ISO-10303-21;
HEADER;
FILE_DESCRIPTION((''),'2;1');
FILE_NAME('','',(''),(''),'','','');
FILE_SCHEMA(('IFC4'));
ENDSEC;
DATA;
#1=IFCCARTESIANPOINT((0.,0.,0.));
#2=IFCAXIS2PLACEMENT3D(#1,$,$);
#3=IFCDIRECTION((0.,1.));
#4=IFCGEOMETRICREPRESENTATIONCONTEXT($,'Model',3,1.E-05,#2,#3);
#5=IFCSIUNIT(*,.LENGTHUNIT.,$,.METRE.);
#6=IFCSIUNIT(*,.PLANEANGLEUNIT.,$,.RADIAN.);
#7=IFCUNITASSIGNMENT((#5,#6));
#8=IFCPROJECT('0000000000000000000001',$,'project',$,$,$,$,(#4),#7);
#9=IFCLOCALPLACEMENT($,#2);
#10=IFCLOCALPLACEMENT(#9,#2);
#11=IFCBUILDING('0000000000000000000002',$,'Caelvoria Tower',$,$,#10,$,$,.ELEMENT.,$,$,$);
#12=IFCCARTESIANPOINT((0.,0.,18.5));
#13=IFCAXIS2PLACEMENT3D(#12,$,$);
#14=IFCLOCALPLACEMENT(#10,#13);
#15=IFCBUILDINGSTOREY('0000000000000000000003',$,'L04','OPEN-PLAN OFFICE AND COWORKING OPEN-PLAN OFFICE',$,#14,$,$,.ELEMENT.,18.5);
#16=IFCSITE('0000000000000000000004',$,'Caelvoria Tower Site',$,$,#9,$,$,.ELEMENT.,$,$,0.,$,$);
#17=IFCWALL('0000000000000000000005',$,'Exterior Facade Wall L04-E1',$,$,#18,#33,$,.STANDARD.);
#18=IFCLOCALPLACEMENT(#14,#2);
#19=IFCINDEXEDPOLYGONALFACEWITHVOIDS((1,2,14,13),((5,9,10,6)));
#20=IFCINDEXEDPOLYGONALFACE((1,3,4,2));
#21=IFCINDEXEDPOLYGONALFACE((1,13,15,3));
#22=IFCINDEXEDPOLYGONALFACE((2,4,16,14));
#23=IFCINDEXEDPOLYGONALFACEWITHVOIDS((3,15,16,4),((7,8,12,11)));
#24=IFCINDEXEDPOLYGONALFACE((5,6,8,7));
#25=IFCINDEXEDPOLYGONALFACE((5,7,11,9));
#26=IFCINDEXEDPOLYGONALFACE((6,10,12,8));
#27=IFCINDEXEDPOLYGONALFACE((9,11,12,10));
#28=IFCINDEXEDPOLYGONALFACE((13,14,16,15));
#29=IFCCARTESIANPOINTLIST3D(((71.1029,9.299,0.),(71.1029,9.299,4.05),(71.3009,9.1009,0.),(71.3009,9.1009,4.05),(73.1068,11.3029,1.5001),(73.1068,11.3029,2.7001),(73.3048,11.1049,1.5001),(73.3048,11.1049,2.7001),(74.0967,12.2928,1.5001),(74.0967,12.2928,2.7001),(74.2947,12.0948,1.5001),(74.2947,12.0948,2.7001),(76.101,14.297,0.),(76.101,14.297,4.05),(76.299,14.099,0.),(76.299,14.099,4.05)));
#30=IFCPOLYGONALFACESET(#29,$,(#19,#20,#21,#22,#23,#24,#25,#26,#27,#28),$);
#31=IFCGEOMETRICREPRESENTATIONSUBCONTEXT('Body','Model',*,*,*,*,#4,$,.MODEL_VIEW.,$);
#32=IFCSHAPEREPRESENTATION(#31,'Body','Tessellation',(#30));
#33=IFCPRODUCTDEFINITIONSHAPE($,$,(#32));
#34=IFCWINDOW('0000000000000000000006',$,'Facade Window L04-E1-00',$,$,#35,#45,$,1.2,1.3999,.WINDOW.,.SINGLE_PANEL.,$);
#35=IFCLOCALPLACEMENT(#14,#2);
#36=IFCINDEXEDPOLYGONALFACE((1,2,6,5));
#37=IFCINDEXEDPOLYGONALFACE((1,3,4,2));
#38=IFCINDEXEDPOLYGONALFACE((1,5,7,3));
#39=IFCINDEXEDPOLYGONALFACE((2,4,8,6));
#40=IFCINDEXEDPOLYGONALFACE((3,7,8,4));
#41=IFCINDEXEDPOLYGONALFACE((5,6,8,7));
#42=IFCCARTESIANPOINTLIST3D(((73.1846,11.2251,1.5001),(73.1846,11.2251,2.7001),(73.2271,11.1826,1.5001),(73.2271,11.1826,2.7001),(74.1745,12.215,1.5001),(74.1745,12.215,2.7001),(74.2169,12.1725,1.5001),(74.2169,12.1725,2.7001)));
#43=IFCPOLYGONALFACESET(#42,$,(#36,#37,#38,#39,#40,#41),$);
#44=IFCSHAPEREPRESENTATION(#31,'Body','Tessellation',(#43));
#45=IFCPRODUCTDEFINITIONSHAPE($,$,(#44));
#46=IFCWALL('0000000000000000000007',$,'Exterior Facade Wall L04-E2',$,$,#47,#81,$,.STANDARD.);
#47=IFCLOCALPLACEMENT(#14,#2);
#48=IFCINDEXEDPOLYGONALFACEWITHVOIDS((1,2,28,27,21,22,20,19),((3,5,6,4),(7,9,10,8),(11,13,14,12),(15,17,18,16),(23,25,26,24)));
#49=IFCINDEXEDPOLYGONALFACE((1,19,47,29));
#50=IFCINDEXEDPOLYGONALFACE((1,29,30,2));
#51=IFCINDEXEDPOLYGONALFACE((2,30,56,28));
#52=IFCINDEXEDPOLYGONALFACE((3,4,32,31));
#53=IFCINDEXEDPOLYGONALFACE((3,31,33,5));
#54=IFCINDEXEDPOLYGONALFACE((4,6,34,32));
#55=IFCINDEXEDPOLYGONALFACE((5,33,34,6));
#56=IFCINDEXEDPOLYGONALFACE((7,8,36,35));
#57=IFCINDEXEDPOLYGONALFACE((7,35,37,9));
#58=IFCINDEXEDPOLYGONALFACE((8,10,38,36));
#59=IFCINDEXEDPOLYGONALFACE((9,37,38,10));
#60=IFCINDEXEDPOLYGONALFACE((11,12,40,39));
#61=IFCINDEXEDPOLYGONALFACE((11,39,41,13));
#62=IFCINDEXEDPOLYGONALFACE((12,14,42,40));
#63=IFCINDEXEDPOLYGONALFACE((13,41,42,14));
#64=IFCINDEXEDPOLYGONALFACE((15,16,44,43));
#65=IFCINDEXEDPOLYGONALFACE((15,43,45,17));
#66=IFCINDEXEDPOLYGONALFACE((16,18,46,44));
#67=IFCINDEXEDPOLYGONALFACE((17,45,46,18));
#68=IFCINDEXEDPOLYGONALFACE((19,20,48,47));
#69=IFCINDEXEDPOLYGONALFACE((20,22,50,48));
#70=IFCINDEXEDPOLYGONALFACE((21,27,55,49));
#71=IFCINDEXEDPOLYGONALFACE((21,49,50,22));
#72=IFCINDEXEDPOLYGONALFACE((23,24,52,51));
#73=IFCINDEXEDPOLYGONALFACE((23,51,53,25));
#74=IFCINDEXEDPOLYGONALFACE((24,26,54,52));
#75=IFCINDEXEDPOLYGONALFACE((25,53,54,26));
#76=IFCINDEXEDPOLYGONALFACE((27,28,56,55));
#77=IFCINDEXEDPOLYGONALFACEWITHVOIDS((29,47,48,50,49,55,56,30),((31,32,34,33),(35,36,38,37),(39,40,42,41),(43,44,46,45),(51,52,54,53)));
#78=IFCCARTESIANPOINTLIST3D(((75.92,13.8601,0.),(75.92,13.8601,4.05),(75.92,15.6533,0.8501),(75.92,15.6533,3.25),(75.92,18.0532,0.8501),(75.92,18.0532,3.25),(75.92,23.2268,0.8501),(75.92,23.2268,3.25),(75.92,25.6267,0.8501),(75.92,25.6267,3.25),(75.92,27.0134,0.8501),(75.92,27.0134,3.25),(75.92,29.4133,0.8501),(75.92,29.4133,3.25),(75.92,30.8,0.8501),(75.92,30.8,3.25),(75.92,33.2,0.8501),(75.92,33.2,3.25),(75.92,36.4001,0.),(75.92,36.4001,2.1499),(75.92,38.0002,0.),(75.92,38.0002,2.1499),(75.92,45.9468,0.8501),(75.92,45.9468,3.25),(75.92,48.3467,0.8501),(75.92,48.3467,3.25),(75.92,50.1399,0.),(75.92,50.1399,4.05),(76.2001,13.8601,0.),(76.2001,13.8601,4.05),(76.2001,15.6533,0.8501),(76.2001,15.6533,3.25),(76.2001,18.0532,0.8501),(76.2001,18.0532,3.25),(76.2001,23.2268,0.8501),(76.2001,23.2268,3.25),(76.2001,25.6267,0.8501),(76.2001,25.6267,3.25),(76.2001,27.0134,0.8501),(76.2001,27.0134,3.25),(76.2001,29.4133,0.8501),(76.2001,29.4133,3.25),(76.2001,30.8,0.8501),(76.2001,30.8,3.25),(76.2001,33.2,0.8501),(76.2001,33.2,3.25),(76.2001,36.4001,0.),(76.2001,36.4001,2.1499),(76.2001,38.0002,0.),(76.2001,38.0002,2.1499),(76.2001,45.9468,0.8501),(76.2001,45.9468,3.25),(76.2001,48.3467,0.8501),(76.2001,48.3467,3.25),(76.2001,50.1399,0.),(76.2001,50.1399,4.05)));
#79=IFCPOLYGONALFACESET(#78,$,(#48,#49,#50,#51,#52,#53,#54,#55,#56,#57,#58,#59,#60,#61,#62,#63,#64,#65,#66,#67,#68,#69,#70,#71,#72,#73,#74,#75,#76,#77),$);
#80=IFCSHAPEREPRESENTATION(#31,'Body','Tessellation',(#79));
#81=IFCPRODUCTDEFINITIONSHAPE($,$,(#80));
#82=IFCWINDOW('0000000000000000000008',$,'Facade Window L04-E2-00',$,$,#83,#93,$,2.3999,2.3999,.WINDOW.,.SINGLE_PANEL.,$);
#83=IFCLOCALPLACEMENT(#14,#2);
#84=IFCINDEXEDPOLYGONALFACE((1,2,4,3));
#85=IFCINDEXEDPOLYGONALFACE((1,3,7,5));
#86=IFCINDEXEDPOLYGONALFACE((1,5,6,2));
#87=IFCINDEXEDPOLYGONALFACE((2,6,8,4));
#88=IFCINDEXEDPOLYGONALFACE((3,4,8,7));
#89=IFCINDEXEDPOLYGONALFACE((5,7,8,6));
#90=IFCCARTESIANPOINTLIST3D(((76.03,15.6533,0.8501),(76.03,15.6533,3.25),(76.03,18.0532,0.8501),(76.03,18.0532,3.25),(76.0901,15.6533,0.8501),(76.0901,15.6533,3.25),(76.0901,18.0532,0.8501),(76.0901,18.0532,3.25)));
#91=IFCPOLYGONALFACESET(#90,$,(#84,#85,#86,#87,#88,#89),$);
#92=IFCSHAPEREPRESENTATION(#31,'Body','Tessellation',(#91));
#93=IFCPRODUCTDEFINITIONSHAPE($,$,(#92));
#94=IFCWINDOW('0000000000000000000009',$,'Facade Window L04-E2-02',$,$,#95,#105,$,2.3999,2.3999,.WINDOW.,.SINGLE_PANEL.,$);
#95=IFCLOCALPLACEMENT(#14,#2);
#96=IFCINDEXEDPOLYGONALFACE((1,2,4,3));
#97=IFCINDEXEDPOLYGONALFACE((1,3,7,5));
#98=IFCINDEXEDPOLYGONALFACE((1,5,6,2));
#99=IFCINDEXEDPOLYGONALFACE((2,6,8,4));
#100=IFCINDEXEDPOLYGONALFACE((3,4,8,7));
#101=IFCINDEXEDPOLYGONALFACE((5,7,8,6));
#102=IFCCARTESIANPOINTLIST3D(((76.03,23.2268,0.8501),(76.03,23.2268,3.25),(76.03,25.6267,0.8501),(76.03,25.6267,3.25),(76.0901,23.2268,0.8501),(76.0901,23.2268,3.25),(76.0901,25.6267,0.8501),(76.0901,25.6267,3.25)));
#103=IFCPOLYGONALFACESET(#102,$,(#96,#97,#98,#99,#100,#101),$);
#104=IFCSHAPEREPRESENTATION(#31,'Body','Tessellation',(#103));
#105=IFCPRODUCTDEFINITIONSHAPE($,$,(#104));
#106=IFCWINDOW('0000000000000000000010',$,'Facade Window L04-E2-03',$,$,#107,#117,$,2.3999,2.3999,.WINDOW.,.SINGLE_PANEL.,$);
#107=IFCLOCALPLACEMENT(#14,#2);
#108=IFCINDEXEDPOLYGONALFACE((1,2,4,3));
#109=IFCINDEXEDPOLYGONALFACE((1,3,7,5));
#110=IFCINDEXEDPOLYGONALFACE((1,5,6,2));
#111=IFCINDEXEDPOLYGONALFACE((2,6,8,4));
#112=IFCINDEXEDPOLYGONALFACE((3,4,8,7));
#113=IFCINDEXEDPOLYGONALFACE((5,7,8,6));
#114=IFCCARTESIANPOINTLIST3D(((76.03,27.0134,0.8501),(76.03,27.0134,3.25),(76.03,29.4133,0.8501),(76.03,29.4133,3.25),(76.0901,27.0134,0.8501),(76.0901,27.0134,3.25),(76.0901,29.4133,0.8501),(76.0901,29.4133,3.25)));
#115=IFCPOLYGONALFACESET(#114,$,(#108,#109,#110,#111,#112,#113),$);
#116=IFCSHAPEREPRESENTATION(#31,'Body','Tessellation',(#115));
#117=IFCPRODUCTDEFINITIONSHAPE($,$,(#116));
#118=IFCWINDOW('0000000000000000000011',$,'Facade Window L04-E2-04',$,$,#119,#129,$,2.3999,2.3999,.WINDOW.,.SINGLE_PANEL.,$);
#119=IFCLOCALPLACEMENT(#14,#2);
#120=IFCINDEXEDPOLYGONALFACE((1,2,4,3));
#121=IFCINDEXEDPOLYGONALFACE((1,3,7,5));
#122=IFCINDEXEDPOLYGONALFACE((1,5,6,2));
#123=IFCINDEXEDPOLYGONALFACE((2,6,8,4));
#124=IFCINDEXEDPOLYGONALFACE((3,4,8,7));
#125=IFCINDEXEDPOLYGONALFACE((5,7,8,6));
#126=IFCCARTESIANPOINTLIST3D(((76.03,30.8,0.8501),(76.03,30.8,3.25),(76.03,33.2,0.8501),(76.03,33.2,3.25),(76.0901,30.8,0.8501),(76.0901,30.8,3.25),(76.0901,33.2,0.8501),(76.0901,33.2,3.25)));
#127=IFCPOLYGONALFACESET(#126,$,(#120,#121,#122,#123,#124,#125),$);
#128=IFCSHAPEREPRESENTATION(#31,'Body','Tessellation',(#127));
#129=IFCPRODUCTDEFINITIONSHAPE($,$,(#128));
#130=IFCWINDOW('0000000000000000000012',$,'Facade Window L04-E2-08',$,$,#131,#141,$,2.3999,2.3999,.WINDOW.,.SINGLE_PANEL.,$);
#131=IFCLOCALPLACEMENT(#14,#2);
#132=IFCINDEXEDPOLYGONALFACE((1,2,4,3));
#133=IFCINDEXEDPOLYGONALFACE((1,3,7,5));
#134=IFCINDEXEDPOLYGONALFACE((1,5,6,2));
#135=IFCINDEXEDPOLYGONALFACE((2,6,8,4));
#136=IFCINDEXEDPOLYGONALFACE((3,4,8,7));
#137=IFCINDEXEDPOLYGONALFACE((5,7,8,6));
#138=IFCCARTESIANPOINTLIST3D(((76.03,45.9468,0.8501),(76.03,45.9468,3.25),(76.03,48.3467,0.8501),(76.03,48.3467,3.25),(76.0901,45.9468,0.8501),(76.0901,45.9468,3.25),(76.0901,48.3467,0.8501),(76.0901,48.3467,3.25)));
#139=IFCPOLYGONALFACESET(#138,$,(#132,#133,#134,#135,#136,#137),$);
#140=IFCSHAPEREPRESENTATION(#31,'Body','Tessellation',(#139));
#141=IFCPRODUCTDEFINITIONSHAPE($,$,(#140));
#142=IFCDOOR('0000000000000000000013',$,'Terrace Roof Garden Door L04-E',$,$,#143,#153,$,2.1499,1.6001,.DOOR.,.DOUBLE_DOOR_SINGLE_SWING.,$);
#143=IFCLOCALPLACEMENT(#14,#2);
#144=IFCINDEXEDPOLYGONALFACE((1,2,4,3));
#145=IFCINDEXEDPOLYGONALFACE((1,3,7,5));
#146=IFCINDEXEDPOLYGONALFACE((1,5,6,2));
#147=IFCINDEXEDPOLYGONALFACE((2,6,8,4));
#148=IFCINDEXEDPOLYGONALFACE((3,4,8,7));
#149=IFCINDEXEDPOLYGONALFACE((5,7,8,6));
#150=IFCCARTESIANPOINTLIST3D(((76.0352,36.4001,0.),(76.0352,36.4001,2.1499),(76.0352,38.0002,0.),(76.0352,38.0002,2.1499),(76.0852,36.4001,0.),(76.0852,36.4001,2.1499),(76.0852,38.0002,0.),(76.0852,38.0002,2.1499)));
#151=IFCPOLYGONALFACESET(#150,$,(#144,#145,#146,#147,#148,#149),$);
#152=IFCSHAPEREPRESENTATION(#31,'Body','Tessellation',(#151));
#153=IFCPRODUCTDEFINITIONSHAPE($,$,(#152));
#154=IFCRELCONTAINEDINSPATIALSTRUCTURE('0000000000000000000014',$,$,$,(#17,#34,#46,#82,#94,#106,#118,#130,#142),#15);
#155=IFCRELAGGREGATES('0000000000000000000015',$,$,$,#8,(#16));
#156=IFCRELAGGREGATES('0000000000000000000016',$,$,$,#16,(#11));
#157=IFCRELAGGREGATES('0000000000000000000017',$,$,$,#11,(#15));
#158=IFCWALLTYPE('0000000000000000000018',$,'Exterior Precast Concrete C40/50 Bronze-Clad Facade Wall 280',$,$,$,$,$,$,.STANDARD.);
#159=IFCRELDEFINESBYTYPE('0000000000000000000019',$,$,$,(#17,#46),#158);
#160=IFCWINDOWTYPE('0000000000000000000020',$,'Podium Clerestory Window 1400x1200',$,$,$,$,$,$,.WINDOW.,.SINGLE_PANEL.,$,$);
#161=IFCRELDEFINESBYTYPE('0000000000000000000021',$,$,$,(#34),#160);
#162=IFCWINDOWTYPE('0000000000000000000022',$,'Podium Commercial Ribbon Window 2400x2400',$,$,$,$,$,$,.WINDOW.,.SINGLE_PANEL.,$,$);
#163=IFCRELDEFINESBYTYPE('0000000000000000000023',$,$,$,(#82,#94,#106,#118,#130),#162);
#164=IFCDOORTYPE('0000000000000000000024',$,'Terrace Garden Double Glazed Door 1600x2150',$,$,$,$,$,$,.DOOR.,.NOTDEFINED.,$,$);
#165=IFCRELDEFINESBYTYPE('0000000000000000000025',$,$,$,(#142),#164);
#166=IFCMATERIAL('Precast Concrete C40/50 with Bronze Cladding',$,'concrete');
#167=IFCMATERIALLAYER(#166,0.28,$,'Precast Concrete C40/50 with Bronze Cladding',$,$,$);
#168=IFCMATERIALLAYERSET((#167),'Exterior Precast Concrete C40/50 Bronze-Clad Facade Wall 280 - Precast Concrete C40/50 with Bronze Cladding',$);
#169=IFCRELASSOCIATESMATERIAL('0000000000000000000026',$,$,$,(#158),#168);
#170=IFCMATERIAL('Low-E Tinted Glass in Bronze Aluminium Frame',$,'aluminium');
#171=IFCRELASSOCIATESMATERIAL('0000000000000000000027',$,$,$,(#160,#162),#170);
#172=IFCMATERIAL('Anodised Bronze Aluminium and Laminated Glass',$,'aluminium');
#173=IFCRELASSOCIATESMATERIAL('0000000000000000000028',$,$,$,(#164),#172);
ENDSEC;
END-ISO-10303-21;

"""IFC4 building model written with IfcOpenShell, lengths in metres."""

from ifc_helpers import new_model, si_unit, direction, frame, frame_2d, origin, place, context, subcontext, project, spatial, rectangle, extrude, material, layer, layer_set, type_object, element, fill, save


model = new_model("IFC4")

# Units and contexts
model_context = context("Model", 3, precision=1e-05, world=origin(), true_north=direction((0.0, 1.0)))
body_context = subcontext(model_context, "Body", "Model", "MODEL_VIEW")
ifc_project = project(units=[si_unit("LENGTHUNIT", "METRE"), si_unit("PLANEANGLEUNIT", "RADIAN")], contexts=[model_context])

# Site, building, storey
site_placement = place(None, origin())
site = spatial("IfcSite", under=ifc_project, at=site_placement, Name="Caelvoria Tower Site", CompositionType="ELEMENT", RefElevation=0.0)
building_placement = place(site_placement, origin())
building = spatial("IfcBuilding", under=site, at=building_placement, Name="Caelvoria Tower", CompositionType="ELEMENT")
storey_placement = place(building_placement, frame((0.0, 0.0, 18.5)))
storey = spatial("IfcBuildingStorey", under=building, at=storey_placement, Name="L04", Description="OPEN-PLAN OFFICE AND COWORKING OPEN-PLAN OFFICE", CompositionType="ELEMENT", Elevation=18.5)

# Wall, opening, window
ifc_material_1 = material(Name="Precast Concrete C40/50 with Bronze Cladding", Category="concrete")
ifc_layer_1 = layer(ifc_material_1, 0.28, Name="Precast Concrete C40/50 with Bronze Cladding")
ifc_layer_set_1 = layer_set([ifc_layer_1], Name="Exterior Precast Concrete C40/50 Bronze-Clad Facade Wall 280 - Precast Concrete C40/50 with Bronze Cladding")
wall_type_1 = type_object("IfcWallType", Name="Exterior Precast Concrete C40/50 Bronze-Clad Facade Wall 280", PredefinedType="STANDARD", material=ifc_layer_set_1)
wall_1_placement = place(storey_placement, frame((71.2019, 9.2, 0.0), z_axis=(0.0, 0.0, 1.0), x_axis=(0.707107, 0.707107, 0.0)))
wall_1 = element("IfcWall", 1, at=wall_1_placement, inside=storey, type_object=wall_type_1, Name="Exterior Facade Wall L04-E1", PredefinedType="STANDARD", context=body_context, shape_type="SweptSolid", body=[
    extrude(rectangle(XDim=7.0684, YDim=0.28, at=frame_2d((3.5342, 0.0))), origin(), (0.0, 0.0, 1.0), 4.05),
])
opening_1_placement = place(wall_1_placement, frame((2.834, 0.0, 1.5)))
opening_1 = element("IfcOpeningElement", 2, at=opening_1_placement, cuts=wall_1, PredefinedType="OPENING", context=body_context, shape_type="SweptSolid", body=[
    extrude(rectangle(XDim=1.3999, YDim=1.2, at=frame_2d((0.7, 0.6001))), frame((0.0, 0.1499, 0.0), z_axis=(0.0, -1.0, 0.0), x_axis=(1.0, 0.0, 0.0)), (0.0, 0.0, 1.0), 0.3),
])
ifc_material_2 = material(Name="Low-E Tinted Glass in Bronze Aluminium Frame", Category="aluminium")
window_type_1 = type_object("IfcWindowType", Name="Podium Clerestory Window 1400x1200", PartitioningType="SINGLE_PANEL", PredefinedType="WINDOW", material=ifc_material_2)
window_1_placement = place(opening_1_placement, origin())
window_1 = element("IfcWindow", 3, at=window_1_placement, inside=storey, type_object=window_type_1, Name="Facade Window L04-E1-00", OverallHeight=1.2, OverallWidth=1.3999, PartitioningType="SINGLE_PANEL", PredefinedType="WINDOW", context=body_context, shape_type="SweptSolid", body=[
    extrude(rectangle(XDim=1.3999, YDim=1.2, at=frame_2d((0.7, 0.6001))), frame((0.0, 0.03, 0.0), z_axis=(0.0, -1.0, 0.0), x_axis=(1.0, 0.0, 0.0)), (0.0, 0.0, 1.0), 0.0601),
])
fill(opening_1, window_1)

# Wall, openings, windows, door
wall_2_placement = place(storey_placement, frame((76.0601, 13.8601, 0.0), z_axis=(0.0, 0.0, 1.0), x_axis=(0.0, 1.0, 0.0)))
wall_2 = element("IfcWall", 4, at=wall_2_placement, inside=storey, type_object=wall_type_1, Name="Exterior Facade Wall L04-E2", PredefinedType="STANDARD", context=body_context, shape_type="SweptSolid", body=[
    extrude(rectangle(XDim=36.2798, YDim=0.28, at=frame_2d((18.1399, 0.0))), origin(), (0.0, 0.0, 1.0), 4.05),
])
opening_2_placement = place(wall_2_placement, frame((22.54, 0.0, 0.0)))
opening_2 = element("IfcOpeningElement", 5, at=opening_2_placement, cuts=wall_2, PredefinedType="OPENING", context=body_context, shape_type="SweptSolid", body=[
    extrude(rectangle(XDim=1.6001, YDim=2.1499, at=frame_2d((0.8, 1.075))), frame((0.0, 0.1499, 0.0), z_axis=(0.0, -1.0, 0.0), x_axis=(1.0, 0.0, 0.0)), (0.0, 0.0, 1.0), 0.3),
])
opening_3_placement = place(wall_2_placement, frame((1.7932, 0.0, 0.8501)))
opening_3 = element("IfcOpeningElement", 6, at=opening_3_placement, cuts=wall_2, PredefinedType="OPENING", context=body_context, shape_type="SweptSolid", body=[
    extrude(rectangle(XDim=2.3999, YDim=2.3999, at=frame_2d((1.2, 1.2))), frame((0.0, 0.1499, 0.0), z_axis=(0.0, -1.0, 0.0), x_axis=(1.0, 0.0, 0.0)), (0.0, 0.0, 1.0), 0.3),
])
opening_4_placement = place(wall_2_placement, frame((9.3667, 0.0, 0.8501)))
opening_4 = element("IfcOpeningElement", 7, at=opening_4_placement, cuts=wall_2, PredefinedType="OPENING", context=body_context, shape_type="SweptSolid", body=[
    extrude(rectangle(XDim=2.3999, YDim=2.3999, at=frame_2d((1.2, 1.2))), frame((0.0, 0.1499, 0.0), z_axis=(0.0, -1.0, 0.0), x_axis=(1.0, 0.0, 0.0)), (0.0, 0.0, 1.0), 0.3),
])
opening_5_placement = place(wall_2_placement, frame((13.1533, 0.0, 0.8501)))
opening_5 = element("IfcOpeningElement", 8, at=opening_5_placement, cuts=wall_2, PredefinedType="OPENING", context=body_context, shape_type="SweptSolid", body=[
    extrude(rectangle(XDim=2.3999, YDim=2.3999, at=frame_2d((1.2, 1.2))), frame((0.0, 0.1499, 0.0), z_axis=(0.0, -1.0, 0.0), x_axis=(1.0, 0.0, 0.0)), (0.0, 0.0, 1.0), 0.3),
])
opening_6_placement = place(wall_2_placement, frame((16.9399, 0.0, 0.8501)))
opening_6 = element("IfcOpeningElement", 9, at=opening_6_placement, cuts=wall_2, PredefinedType="OPENING", context=body_context, shape_type="SweptSolid", body=[
    extrude(rectangle(XDim=2.3999, YDim=2.3999, at=frame_2d((1.2, 1.2))), frame((0.0, 0.1499, 0.0), z_axis=(0.0, -1.0, 0.0), x_axis=(1.0, 0.0, 0.0)), (0.0, 0.0, 1.0), 0.3),
])
opening_7_placement = place(wall_2_placement, frame((32.0867, 0.0, 0.8501)))
opening_7 = element("IfcOpeningElement", 10, at=opening_7_placement, cuts=wall_2, PredefinedType="OPENING", context=body_context, shape_type="SweptSolid", body=[
    extrude(rectangle(XDim=2.3999, YDim=2.3999, at=frame_2d((1.2, 1.2))), frame((0.0, 0.1499, 0.0), z_axis=(0.0, -1.0, 0.0), x_axis=(1.0, 0.0, 0.0)), (0.0, 0.0, 1.0), 0.3),
])
window_type_2 = type_object("IfcWindowType", Name="Podium Commercial Ribbon Window 2400x2400", PartitioningType="SINGLE_PANEL", PredefinedType="WINDOW", material=ifc_material_2)
window_2_placement = place(opening_3_placement, origin())
window_2 = element("IfcWindow", 11, at=window_2_placement, inside=storey, type_object=window_type_2, Name="Facade Window L04-E2-00", OverallHeight=2.3999, OverallWidth=2.3999, PartitioningType="SINGLE_PANEL", PredefinedType="WINDOW", context=body_context, shape_type="SweptSolid", body=[
    extrude(rectangle(XDim=2.3999, YDim=2.3999, at=frame_2d((1.2, 1.2))), frame((0.0, 0.03, 0.0), z_axis=(0.0, -1.0, 0.0), x_axis=(1.0, 0.0, 0.0)), (0.0, 0.0, 1.0), 0.0601),
])
fill(opening_3, window_2)
window_3_placement = place(opening_4_placement, origin())
window_3 = element("IfcWindow", 12, at=window_3_placement, inside=storey, type_object=window_type_2, Name="Facade Window L04-E2-02", OverallHeight=2.3999, OverallWidth=2.3999, PartitioningType="SINGLE_PANEL", PredefinedType="WINDOW", context=body_context, shape_type="SweptSolid", body=[
    extrude(rectangle(XDim=2.3999, YDim=2.3999, at=frame_2d((1.2, 1.2))), frame((0.0, 0.03, 0.0), z_axis=(0.0, -1.0, 0.0), x_axis=(1.0, 0.0, 0.0)), (0.0, 0.0, 1.0), 0.0601),
])
fill(opening_4, window_3)
window_4_placement = place(opening_5_placement, origin())
window_4 = element("IfcWindow", 13, at=window_4_placement, inside=storey, type_object=window_type_2, Name="Facade Window L04-E2-03", OverallHeight=2.3999, OverallWidth=2.3999, PartitioningType="SINGLE_PANEL", PredefinedType="WINDOW", context=body_context, shape_type="SweptSolid", body=[
    extrude(rectangle(XDim=2.3999, YDim=2.3999, at=frame_2d((1.2, 1.2))), frame((0.0, 0.03, 0.0), z_axis=(0.0, -1.0, 0.0), x_axis=(1.0, 0.0, 0.0)), (0.0, 0.0, 1.0), 0.0601),
])
fill(opening_5, window_4)
window_5_placement = place(opening_6_placement, origin())
window_5 = element("IfcWindow", 14, at=window_5_placement, inside=storey, type_object=window_type_2, Name="Facade Window L04-E2-04", OverallHeight=2.3999, OverallWidth=2.3999, PartitioningType="SINGLE_PANEL", PredefinedType="WINDOW", context=body_context, shape_type="SweptSolid", body=[
    extrude(rectangle(XDim=2.3999, YDim=2.3999, at=frame_2d((1.2, 1.2))), frame((0.0, 0.03, 0.0), z_axis=(0.0, -1.0, 0.0), x_axis=(1.0, 0.0, 0.0)), (0.0, 0.0, 1.0), 0.0601),
])
fill(opening_6, window_5)
window_6_placement = place(opening_7_placement, origin())
window_6 = element("IfcWindow", 15, at=window_6_placement, inside=storey, type_object=window_type_2, Name="Facade Window L04-E2-08", OverallHeight=2.3999, OverallWidth=2.3999, PartitioningType="SINGLE_PANEL", PredefinedType="WINDOW", context=body_context, shape_type="SweptSolid", body=[
    extrude(rectangle(XDim=2.3999, YDim=2.3999, at=frame_2d((1.2, 1.2))), frame((0.0, 0.03, 0.0), z_axis=(0.0, -1.0, 0.0), x_axis=(1.0, 0.0, 0.0)), (0.0, 0.0, 1.0), 0.0601),
])
fill(opening_7, window_6)
ifc_material_3 = material(Name="Anodised Bronze Aluminium and Laminated Glass", Category="aluminium")
door_type_1 = type_object("IfcDoorType", Name="Terrace Garden Double Glazed Door 1600x2150", OperationType="NOTDEFINED", PredefinedType="DOOR", material=ifc_material_3)
door_1_placement = place(opening_2_placement, origin())
door_1 = element("IfcDoor", 16, at=door_1_placement, inside=storey, type_object=door_type_1, Name="Terrace Roof Garden Door L04-E", OperationType="DOUBLE_DOOR_SINGLE_SWING", OverallHeight=2.1499, OverallWidth=1.6001, PredefinedType="DOOR", context=body_context, shape_type="SweptSolid", body=[
    extrude(rectangle(XDim=1.6001, YDim=2.1499, at=frame_2d((0.8, 1.075))), frame((0.0, 0.0249, 0.0), z_axis=(0.0, -1.0, 0.0), x_axis=(1.0, 0.0, 0.0)), (0.0, 0.0, 1.0), 0.05),
])
fill(opening_2, door_1)

save(model, "model.ifc")
